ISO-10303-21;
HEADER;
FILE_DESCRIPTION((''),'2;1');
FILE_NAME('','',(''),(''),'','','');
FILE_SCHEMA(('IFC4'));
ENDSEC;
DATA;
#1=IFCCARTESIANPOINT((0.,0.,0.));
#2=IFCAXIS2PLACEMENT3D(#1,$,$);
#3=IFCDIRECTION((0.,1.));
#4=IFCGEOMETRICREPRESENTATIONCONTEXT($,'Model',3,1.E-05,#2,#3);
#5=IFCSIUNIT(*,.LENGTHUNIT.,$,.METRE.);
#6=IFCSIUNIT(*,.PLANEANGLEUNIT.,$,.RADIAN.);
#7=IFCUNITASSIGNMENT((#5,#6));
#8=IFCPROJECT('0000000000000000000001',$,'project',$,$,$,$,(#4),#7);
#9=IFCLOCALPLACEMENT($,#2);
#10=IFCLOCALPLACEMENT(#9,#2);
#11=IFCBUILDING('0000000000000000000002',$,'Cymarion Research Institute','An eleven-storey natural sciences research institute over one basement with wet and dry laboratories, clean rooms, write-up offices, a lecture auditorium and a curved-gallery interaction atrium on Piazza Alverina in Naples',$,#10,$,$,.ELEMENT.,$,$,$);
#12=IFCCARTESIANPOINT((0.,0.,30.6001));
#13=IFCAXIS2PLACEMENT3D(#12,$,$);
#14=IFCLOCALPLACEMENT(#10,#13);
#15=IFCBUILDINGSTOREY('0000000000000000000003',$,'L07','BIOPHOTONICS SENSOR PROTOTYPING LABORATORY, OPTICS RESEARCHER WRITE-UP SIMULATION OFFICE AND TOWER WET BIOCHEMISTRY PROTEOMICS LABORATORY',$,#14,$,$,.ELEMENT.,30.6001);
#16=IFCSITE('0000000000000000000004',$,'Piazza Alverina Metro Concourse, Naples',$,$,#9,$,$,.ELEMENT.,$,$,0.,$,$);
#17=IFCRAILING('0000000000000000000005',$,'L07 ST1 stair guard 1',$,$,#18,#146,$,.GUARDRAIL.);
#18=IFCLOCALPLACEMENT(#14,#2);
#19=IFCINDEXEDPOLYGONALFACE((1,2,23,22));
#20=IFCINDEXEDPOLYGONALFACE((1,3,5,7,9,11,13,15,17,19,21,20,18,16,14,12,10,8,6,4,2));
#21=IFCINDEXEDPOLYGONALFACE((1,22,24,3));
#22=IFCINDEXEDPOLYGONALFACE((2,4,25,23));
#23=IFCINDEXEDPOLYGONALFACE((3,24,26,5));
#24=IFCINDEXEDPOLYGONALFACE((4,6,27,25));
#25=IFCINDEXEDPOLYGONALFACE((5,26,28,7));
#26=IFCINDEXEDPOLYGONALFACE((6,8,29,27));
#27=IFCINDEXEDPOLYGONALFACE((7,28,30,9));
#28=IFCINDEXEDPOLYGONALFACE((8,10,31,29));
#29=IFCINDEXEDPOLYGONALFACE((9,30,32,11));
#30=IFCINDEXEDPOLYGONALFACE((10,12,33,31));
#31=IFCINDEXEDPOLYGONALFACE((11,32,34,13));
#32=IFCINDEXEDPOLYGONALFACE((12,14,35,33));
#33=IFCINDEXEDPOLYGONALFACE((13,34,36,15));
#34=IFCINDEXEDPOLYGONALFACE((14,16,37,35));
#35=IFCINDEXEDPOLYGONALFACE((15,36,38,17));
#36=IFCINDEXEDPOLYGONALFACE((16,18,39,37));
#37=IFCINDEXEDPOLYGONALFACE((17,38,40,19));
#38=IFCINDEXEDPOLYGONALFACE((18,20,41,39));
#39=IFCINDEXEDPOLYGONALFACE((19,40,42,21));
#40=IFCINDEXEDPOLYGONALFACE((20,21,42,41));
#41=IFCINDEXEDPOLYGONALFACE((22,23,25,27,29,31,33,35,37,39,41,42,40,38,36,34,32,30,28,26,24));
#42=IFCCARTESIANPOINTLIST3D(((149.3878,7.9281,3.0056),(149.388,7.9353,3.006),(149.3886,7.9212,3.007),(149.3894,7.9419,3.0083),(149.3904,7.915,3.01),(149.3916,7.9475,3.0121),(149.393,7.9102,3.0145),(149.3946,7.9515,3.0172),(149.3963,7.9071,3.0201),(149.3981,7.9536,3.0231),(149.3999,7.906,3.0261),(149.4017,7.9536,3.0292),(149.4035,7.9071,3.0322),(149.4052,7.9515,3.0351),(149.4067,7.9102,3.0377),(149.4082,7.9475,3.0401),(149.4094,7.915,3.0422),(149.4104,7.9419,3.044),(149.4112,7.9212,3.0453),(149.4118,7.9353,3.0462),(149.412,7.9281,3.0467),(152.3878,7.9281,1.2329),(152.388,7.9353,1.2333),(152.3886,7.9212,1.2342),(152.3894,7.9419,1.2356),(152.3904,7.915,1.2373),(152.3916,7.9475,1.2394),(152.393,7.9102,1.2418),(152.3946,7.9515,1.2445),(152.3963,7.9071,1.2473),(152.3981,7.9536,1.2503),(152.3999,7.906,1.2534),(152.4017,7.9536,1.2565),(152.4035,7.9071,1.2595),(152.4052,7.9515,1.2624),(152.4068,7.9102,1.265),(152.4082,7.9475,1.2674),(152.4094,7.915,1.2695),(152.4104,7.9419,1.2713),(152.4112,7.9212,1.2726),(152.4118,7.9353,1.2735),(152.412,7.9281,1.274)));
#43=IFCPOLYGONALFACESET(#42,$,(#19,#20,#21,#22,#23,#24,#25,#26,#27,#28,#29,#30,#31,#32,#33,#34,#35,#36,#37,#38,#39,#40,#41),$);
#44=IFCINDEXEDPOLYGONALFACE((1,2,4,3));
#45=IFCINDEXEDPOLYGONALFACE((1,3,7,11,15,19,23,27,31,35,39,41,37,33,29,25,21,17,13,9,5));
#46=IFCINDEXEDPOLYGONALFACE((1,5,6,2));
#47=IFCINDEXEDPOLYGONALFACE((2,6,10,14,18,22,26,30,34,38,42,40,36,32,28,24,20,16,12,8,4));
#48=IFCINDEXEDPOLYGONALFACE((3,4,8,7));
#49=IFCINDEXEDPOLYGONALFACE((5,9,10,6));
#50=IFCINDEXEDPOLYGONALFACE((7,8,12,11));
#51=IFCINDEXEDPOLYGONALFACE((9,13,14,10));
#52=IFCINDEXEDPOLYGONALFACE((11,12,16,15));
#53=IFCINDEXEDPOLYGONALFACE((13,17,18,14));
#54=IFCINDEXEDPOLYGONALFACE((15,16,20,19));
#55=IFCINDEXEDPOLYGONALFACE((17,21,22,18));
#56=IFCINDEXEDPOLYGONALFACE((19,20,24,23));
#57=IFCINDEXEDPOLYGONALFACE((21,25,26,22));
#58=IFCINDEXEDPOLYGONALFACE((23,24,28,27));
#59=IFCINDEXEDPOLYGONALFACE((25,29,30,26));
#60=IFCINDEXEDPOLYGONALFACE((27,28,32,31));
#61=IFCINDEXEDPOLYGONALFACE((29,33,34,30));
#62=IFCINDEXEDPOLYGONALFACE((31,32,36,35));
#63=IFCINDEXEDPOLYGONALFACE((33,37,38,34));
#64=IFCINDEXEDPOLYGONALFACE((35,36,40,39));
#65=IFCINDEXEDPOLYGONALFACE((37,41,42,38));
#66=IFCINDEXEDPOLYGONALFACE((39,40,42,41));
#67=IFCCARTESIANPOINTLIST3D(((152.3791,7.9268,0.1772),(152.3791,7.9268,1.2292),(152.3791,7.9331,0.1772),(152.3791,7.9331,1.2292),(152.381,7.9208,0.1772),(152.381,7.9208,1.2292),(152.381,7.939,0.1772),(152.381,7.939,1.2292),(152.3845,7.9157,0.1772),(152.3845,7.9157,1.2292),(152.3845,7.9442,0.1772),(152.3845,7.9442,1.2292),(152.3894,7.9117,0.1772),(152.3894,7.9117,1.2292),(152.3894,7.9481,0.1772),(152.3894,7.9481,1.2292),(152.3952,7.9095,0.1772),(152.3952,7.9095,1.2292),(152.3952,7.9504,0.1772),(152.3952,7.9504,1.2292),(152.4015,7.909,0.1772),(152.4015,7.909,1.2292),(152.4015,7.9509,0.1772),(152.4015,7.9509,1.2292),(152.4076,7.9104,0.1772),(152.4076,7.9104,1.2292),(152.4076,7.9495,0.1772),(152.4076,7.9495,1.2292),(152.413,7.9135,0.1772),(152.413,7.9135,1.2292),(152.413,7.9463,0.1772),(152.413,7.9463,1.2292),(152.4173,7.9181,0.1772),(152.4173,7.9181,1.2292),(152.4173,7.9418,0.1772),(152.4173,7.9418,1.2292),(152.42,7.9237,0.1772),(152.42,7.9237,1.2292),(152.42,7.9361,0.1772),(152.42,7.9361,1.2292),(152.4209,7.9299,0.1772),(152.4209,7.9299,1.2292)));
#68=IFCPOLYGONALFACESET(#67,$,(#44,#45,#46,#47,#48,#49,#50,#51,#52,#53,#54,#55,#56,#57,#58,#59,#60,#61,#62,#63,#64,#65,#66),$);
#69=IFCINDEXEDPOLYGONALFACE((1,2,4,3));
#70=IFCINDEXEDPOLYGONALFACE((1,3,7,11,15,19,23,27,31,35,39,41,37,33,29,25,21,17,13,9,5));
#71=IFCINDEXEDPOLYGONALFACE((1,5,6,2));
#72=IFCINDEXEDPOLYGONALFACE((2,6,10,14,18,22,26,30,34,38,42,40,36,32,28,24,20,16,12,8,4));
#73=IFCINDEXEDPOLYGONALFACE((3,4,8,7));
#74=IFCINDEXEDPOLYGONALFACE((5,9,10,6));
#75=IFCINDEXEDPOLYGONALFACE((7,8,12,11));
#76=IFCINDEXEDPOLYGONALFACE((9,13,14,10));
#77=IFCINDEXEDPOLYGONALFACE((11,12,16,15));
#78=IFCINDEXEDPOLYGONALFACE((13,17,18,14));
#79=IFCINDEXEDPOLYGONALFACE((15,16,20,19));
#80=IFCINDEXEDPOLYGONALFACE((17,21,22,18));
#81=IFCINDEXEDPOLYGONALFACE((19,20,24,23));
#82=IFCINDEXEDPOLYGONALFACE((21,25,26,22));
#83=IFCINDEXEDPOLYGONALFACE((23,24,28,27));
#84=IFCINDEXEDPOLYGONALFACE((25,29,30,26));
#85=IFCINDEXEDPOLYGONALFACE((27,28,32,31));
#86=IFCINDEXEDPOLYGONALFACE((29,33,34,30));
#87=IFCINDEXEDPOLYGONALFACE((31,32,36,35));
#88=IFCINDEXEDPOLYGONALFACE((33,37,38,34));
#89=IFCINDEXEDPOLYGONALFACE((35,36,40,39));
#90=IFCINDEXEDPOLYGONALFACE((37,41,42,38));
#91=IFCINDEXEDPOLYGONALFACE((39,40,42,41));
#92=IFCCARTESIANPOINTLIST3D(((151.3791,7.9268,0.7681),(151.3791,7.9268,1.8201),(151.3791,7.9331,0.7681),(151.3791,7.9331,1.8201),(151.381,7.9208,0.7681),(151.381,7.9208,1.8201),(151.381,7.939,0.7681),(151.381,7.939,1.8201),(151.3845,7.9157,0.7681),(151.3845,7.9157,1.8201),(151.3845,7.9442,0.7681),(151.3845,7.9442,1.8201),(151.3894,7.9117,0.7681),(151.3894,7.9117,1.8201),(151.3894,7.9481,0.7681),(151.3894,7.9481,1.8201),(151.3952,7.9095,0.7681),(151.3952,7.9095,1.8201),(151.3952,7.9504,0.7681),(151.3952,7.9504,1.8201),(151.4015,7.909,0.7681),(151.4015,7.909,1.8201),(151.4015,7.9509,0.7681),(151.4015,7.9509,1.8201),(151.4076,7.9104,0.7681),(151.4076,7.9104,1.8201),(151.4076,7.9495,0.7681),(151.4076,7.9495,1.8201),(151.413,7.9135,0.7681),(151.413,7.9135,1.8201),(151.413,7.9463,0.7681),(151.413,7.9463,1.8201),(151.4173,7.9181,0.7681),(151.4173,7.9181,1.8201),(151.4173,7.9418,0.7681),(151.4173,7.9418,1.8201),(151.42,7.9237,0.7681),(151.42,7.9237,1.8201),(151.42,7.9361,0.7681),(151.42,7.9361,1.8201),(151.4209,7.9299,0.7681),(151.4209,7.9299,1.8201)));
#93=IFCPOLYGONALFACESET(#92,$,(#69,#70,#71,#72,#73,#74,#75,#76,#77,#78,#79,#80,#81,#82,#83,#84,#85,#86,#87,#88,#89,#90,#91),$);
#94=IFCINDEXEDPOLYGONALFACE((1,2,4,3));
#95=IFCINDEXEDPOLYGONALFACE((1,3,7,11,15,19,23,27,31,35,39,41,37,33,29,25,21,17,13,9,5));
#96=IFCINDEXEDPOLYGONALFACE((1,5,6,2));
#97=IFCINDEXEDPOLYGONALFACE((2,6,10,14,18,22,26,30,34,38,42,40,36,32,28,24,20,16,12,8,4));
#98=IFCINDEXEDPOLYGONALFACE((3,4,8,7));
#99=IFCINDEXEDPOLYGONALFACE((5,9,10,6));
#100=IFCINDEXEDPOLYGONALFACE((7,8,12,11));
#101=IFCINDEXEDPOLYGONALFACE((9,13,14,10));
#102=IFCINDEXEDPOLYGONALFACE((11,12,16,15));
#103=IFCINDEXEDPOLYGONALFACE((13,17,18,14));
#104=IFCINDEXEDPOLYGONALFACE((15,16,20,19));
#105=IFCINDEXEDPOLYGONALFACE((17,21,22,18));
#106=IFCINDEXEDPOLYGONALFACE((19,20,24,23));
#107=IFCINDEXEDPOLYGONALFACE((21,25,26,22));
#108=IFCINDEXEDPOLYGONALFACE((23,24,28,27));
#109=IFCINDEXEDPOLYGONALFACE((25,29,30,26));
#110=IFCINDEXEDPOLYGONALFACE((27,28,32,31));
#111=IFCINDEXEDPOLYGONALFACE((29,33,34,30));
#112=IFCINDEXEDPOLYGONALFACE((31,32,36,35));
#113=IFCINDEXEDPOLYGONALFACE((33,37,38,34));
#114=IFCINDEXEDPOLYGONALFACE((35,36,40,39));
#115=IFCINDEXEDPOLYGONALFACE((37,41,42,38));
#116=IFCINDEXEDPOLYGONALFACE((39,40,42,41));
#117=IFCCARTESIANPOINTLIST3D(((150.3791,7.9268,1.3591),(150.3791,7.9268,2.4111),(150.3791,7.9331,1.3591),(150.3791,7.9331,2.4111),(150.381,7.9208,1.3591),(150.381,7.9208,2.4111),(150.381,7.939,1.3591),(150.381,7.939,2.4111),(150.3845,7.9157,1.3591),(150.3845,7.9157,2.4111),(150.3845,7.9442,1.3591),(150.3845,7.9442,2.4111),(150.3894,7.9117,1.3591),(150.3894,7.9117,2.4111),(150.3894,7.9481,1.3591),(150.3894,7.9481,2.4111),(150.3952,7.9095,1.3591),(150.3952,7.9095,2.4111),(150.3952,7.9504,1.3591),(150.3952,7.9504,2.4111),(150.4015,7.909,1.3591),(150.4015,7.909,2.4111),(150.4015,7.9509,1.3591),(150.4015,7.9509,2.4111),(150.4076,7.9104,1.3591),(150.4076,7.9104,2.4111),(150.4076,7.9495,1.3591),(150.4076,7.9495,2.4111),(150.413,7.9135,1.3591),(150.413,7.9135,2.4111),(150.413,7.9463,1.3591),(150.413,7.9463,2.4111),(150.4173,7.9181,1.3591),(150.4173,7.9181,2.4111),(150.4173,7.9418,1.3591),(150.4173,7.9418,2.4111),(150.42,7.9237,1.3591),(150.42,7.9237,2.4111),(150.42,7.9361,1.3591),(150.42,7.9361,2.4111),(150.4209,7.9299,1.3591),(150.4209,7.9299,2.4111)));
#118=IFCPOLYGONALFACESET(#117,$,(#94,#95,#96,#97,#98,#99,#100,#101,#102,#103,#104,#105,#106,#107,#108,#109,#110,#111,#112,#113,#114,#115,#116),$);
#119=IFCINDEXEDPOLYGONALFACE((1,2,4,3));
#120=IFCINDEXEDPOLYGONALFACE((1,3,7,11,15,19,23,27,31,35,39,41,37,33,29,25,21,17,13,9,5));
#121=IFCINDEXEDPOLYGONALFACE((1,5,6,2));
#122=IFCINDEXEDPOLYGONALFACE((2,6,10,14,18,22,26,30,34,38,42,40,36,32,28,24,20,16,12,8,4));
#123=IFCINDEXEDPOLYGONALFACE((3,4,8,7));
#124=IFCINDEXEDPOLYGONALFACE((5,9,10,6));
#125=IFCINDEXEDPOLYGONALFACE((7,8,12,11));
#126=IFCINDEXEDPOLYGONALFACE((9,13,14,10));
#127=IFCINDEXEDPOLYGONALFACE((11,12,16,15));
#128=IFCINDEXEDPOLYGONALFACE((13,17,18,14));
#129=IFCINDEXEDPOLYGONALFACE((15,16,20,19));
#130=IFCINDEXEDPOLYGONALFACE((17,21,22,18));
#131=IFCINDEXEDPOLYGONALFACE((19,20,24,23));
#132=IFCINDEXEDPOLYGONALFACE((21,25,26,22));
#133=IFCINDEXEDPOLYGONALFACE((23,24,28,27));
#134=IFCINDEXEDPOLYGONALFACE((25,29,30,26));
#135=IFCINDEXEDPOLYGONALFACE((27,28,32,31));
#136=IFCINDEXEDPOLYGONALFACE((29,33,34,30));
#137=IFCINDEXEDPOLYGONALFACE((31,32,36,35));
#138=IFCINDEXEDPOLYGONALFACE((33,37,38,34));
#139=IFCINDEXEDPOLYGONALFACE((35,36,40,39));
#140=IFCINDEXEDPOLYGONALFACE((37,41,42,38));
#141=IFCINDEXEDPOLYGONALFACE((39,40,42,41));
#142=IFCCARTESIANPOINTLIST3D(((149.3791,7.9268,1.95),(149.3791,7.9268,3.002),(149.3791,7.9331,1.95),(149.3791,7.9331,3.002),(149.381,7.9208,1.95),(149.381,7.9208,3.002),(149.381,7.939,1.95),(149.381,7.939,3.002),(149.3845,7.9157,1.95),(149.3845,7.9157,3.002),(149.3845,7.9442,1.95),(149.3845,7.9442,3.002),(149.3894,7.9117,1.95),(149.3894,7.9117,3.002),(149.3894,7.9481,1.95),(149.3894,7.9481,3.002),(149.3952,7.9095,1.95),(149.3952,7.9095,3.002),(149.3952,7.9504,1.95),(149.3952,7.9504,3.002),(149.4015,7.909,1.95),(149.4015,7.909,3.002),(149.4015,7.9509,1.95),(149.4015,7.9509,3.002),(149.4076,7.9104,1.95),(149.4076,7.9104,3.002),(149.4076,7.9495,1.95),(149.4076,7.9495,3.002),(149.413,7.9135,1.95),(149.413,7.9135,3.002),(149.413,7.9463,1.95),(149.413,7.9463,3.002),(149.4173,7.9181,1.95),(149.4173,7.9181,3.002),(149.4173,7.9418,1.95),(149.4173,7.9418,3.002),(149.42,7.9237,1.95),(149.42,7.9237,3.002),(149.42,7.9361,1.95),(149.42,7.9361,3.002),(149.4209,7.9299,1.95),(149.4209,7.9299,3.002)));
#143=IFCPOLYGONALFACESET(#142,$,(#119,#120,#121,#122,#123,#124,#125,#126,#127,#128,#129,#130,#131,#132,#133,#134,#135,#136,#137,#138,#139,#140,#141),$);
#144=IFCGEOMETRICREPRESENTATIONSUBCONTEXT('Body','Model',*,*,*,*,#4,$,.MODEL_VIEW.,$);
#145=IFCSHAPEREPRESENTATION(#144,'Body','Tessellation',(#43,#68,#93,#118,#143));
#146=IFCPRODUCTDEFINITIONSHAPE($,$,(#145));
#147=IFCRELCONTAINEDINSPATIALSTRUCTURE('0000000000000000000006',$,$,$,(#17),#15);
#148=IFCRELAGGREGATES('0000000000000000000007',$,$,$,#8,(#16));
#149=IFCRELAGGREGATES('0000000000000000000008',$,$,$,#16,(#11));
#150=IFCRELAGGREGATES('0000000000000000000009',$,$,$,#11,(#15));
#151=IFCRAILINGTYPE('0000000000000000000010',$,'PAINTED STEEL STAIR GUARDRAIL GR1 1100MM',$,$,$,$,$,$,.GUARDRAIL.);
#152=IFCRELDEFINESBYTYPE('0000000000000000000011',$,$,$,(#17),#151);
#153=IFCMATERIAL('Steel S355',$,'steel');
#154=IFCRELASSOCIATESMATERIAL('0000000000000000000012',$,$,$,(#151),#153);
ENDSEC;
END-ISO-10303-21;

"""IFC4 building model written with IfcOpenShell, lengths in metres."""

from ifc_helpers import new_model, si_unit, direction, frame, origin, origin_2d, place, context, subcontext, project, spatial, circle, extrude, material, type_object, element, save


model = new_model("IFC4")

# Units and contexts
model_context = context("Model", 3, precision=1e-05, world=origin(), true_north=direction((0.0, 1.0)))
body_context = subcontext(model_context, "Body", "Model", "MODEL_VIEW")
ifc_project = project(units=[si_unit("LENGTHUNIT", "METRE"), si_unit("PLANEANGLEUNIT", "RADIAN")], contexts=[model_context])

# Site, building, storey
site_placement = place(None, origin())
site = spatial("IfcSite", under=ifc_project, at=site_placement, Name="Piazza Alverina Metro Concourse, Naples", CompositionType="ELEMENT", RefElevation=0.0)
building_placement = place(site_placement, origin())
building = spatial("IfcBuilding", under=site, at=building_placement, Name="Cymarion Research Institute", Description="An eleven-storey natural sciences research institute over one basement with wet and dry laboratories, clean rooms, write-up offices, a lecture auditorium and a curved-gallery interaction atrium on Piazza Alverina in Naples", CompositionType="ELEMENT")
storey_placement = place(building_placement, frame((0.0, 0.0, 30.6001)))
storey = spatial("IfcBuildingStorey", under=building, at=storey_placement, Name="L07", Description="BIOPHOTONICS SENSOR PROTOTYPING LABORATORY, OPTICS RESEARCHER WRITE-UP SIMULATION OFFICE AND TOWER WET BIOCHEMISTRY PROTEOMICS LABORATORY", CompositionType="ELEMENT", Elevation=30.6001)

# Shared definitions
ifc_material_1 = material(Name="Steel S355", Category="steel")

# Railing
railing_type_1 = type_object("IfcRailingType", Name="PAINTED STEEL STAIR GUARDRAIL GR1 1100MM", PredefinedType="GUARDRAIL", material=ifc_material_1)
railing_1_placement = place(storey_placement, frame((152.3999, 7.9299, 0.1772)))
element("IfcRailing", 1, at=railing_1_placement, inside=storey, type_object=railing_type_1, Name="L07 ST1 stair guard 1", PredefinedType="GUARDRAIL", context=body_context, shape_type="SweptSolid", body=[
    extrude(circle(Radius=0.0239, at=origin_2d()), frame((0.0, 0.0, 1.0762), z_axis=(-0.860929, 0.0, 0.508725), x_axis=(0.0, -1.0, 0.0)), (0.0, 0.0, 1.0), 3.4846),
    extrude(circle(Radius=0.021, at=origin_2d()), origin(), (0.0, 0.0, 1.0), 1.052),
    extrude(circle(Radius=0.021, at=origin_2d()), frame((-1.0, 0.0, 0.5908)), (0.0, 0.0, 1.0), 1.052),
    extrude(circle(Radius=0.021, at=origin_2d()), frame((-2.0, 0.0, 1.1819)), (0.0, 0.0, 1.0), 1.052),
    extrude(circle(Radius=0.021, at=origin_2d()), frame((-3.0, 0.0, 1.7727)), (0.0, 0.0, 1.0), 1.052),
])

save(model, "model.ifc")
